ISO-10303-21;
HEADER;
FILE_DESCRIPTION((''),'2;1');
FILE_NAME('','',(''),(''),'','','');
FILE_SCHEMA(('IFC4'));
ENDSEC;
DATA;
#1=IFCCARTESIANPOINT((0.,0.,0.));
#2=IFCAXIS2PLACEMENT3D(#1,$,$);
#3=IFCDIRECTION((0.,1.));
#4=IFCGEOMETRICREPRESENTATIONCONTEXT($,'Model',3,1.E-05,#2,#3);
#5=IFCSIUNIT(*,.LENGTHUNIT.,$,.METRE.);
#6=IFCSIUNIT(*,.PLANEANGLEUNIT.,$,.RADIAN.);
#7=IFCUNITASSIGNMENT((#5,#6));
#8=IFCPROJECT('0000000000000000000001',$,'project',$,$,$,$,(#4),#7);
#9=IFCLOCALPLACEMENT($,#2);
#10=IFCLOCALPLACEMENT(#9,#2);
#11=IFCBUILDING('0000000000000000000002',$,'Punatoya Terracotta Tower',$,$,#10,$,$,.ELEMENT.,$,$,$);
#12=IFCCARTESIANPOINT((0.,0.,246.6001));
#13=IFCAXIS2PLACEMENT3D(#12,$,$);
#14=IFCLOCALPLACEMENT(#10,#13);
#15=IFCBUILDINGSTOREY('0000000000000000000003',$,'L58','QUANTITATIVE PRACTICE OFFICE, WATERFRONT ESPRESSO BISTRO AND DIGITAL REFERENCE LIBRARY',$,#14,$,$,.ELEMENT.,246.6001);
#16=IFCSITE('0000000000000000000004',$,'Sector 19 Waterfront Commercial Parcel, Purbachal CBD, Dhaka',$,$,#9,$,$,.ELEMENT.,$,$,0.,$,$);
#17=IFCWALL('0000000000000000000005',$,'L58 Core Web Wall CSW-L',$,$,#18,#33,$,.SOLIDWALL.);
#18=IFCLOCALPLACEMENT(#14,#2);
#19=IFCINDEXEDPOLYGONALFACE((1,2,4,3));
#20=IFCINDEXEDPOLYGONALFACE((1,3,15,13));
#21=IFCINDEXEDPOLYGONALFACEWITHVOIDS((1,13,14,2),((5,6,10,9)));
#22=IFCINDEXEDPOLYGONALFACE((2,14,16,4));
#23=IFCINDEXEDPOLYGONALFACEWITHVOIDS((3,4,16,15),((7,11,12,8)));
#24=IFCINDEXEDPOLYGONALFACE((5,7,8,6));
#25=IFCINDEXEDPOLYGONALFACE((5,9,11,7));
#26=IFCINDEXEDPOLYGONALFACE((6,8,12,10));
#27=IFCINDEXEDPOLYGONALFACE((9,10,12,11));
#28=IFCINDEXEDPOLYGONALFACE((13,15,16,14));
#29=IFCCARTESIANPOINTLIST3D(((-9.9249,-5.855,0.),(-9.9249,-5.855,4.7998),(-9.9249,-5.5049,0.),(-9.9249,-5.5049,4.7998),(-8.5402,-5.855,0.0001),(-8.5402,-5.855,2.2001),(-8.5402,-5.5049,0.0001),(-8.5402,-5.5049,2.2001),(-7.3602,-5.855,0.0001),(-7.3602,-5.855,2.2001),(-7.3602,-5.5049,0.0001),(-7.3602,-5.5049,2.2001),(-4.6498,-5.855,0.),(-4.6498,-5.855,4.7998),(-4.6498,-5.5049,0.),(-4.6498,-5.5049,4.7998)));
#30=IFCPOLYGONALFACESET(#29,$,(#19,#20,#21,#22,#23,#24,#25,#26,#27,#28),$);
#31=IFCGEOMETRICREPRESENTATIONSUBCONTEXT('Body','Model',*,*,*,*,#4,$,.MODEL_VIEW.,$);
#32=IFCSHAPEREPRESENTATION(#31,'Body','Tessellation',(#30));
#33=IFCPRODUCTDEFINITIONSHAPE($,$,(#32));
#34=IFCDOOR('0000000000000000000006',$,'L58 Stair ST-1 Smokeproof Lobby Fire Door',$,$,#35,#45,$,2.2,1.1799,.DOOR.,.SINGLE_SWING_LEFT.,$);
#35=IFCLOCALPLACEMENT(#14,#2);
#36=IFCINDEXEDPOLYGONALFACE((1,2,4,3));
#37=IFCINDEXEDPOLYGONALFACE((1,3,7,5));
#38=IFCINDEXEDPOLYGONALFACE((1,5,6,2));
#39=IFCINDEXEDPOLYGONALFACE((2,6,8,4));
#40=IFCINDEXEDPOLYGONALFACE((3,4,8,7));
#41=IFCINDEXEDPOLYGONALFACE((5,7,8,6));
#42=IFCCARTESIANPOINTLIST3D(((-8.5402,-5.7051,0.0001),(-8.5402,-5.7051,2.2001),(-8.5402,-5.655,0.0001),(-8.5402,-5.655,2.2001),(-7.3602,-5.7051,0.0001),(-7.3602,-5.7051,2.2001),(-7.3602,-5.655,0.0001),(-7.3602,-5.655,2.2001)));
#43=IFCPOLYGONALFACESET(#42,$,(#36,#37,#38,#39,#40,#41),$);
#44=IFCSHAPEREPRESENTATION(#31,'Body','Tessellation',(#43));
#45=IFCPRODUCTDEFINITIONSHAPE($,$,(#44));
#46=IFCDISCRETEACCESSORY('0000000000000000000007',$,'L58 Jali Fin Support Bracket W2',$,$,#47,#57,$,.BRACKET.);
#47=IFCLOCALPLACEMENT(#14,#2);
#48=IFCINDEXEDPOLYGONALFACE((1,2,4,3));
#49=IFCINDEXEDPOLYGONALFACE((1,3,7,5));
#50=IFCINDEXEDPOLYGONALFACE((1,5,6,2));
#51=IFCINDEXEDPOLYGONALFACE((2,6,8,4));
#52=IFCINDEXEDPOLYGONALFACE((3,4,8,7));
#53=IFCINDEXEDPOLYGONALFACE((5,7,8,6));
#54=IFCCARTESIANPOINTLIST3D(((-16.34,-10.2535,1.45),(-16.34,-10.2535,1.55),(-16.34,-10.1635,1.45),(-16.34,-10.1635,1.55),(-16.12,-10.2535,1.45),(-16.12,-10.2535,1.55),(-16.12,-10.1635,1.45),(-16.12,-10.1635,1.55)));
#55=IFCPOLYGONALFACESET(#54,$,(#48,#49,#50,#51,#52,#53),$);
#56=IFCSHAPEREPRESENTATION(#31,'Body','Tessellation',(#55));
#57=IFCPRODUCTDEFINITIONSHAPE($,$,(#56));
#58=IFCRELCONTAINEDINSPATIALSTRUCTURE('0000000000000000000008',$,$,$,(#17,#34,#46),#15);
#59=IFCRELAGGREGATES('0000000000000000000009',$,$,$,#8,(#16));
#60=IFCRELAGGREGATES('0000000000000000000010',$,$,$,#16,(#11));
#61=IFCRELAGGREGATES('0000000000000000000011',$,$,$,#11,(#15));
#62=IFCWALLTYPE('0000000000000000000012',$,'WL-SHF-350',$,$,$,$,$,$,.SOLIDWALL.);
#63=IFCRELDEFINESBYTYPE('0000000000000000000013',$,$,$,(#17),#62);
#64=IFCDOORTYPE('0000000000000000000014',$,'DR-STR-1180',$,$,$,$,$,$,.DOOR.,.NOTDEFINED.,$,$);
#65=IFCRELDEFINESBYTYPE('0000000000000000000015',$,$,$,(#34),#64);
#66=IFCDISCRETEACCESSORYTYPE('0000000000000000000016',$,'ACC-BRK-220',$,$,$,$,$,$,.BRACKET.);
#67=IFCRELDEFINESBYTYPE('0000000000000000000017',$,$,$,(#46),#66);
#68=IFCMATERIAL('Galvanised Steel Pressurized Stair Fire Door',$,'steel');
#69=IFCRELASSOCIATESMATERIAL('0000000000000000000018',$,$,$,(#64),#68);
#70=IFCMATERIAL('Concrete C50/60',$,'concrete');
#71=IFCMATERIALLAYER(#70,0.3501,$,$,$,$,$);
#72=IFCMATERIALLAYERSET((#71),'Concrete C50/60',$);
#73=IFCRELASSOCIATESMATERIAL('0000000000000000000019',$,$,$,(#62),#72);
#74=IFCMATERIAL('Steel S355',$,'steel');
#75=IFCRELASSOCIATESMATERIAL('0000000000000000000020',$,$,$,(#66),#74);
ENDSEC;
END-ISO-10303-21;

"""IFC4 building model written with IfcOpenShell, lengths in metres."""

from ifc_helpers import new_model, si_unit, direction, frame, frame_2d, origin, origin_2d, place, context, subcontext, project, spatial, rectangle, extrude, material, layer, layer_set, type_object, element, fill, save


model = new_model("IFC4")

# Units and contexts
model_context = context("Model", 3, precision=1e-05, world=origin(), true_north=direction((0.0, 1.0)))
body_context = subcontext(model_context, "Body", "Model", "MODEL_VIEW")
ifc_project = project(units=[si_unit("LENGTHUNIT", "METRE"), si_unit("PLANEANGLEUNIT", "RADIAN")], contexts=[model_context])

# Site, building, storey
site_placement = place(None, origin())
site = spatial("IfcSite", under=ifc_project, at=site_placement, Name="Sector 19 Waterfront Commercial Parcel, Purbachal CBD, Dhaka", CompositionType="ELEMENT", RefElevation=0.0)
building_placement = place(site_placement, origin())
building = spatial("IfcBuilding", under=site, at=building_placement, Name="Punatoya Terracotta Tower", CompositionType="ELEMENT")
storey_placement = place(building_placement, frame((0.0, 0.0, 246.6001)))
storey = spatial("IfcBuildingStorey", under=building, at=storey_placement, Name="L58", Description="QUANTITATIVE PRACTICE OFFICE, WATERFRONT ESPRESSO BISTRO AND DIGITAL REFERENCE LIBRARY", CompositionType="ELEMENT", Elevation=246.6001)

# Shared definitions
ifc_material_1 = material(Name="Steel S355", Category="steel")

# Shared definitions
ifc_material_2 = material(Name="Concrete C50/60", Category="concrete")
ifc_material_3 = material(Name="Galvanised Steel Pressurized Stair Fire Door", Category="steel")
door_type_1 = type_object("IfcDoorType", Name="DR-STR-1180", OperationType="NOTDEFINED", PredefinedType="DOOR", material=ifc_material_3)

# Wall, opening, door
ifc_layer_1 = layer(ifc_material_2, 0.3501)
ifc_layer_set_1 = layer_set([ifc_layer_1], Name="Concrete C50/60")
wall_type_1 = type_object("IfcWallType", Name="WL-SHF-350", PredefinedType="SOLIDWALL", material=ifc_layer_set_1)
wall_1_placement = place(storey_placement, frame((-9.925, -5.6799, 0.0), z_axis=(0.0, 0.0, 1.0), x_axis=(1.0, 0.0, 0.0)))
wall_1 = element("IfcWall", 1, at=wall_1_placement, inside=storey, type_object=wall_type_1, Name="L58 Core Web Wall CSW-L", PredefinedType="SOLIDWALL", context=body_context, shape_type="SweptSolid", body=[
    extrude(rectangle(XDim=5.2751, YDim=0.3501, at=frame_2d((2.6377, 0.0))), origin(), (0.0, 0.0, 1.0), 4.7998),
])
opening_1_placement = place(wall_1_placement, frame((1.385, 0.0, 0.0)))
opening_1 = element("IfcOpeningElement", 2, at=opening_1_placement, cuts=wall_1, PredefinedType="OPENING", context=body_context, shape_type="SweptSolid", body=[
    extrude(rectangle(XDim=1.1799, YDim=2.2, at=frame_2d((0.5898, 1.1001))), frame((0.0, 0.1851, 0.0), z_axis=(0.0, -1.0, 0.0), x_axis=(1.0, 0.0, 0.0)), (0.0, 0.0, 1.0), 0.3701),
])
door_1_placement = place(opening_1_placement, origin())
door_1 = element("IfcDoor", 3, at=door_1_placement, inside=storey, type_object=door_type_1, Name="L58 Stair ST-1 Smokeproof Lobby Fire Door", OperationType="SINGLE_SWING_LEFT", OverallHeight=2.2, OverallWidth=1.1799, PredefinedType="DOOR", context=body_context, shape_type="SweptSolid", body=[
    extrude(rectangle(XDim=1.1799, YDim=2.2, at=frame_2d((0.5898, 1.1001))), frame((0.0, 0.0249, 0.0), z_axis=(0.0, -1.0, 0.0), x_axis=(1.0, 0.0, 0.0)), (0.0, 0.0, 1.0), 0.05),
])
fill(opening_1, door_1)

# Discrete accessory
discrete_accessory_type = type_object("IfcDiscreteAccessoryType", Name="ACC-BRK-220", PredefinedType="BRACKET", material=ifc_material_1)
discrete_accessory_placement = place(storey_placement, frame((-16.23, -10.2085, 1.45), z_axis=(0.0, 0.0, 1.0), x_axis=(0.0, -1.0, 0.0)))
element("IfcDiscreteAccessory", 4, at=discrete_accessory_placement, inside=storey, type_object=discrete_accessory_type, Name="L58 Jali Fin Support Bracket W2", PredefinedType="BRACKET", context=body_context, shape_type="SweptSolid", body=[
    extrude(rectangle(XDim=0.0901, YDim=0.22, at=origin_2d()), origin(), (0.0, 0.0, 1.0), 0.1001),
])

save(model, "model.ifc")
